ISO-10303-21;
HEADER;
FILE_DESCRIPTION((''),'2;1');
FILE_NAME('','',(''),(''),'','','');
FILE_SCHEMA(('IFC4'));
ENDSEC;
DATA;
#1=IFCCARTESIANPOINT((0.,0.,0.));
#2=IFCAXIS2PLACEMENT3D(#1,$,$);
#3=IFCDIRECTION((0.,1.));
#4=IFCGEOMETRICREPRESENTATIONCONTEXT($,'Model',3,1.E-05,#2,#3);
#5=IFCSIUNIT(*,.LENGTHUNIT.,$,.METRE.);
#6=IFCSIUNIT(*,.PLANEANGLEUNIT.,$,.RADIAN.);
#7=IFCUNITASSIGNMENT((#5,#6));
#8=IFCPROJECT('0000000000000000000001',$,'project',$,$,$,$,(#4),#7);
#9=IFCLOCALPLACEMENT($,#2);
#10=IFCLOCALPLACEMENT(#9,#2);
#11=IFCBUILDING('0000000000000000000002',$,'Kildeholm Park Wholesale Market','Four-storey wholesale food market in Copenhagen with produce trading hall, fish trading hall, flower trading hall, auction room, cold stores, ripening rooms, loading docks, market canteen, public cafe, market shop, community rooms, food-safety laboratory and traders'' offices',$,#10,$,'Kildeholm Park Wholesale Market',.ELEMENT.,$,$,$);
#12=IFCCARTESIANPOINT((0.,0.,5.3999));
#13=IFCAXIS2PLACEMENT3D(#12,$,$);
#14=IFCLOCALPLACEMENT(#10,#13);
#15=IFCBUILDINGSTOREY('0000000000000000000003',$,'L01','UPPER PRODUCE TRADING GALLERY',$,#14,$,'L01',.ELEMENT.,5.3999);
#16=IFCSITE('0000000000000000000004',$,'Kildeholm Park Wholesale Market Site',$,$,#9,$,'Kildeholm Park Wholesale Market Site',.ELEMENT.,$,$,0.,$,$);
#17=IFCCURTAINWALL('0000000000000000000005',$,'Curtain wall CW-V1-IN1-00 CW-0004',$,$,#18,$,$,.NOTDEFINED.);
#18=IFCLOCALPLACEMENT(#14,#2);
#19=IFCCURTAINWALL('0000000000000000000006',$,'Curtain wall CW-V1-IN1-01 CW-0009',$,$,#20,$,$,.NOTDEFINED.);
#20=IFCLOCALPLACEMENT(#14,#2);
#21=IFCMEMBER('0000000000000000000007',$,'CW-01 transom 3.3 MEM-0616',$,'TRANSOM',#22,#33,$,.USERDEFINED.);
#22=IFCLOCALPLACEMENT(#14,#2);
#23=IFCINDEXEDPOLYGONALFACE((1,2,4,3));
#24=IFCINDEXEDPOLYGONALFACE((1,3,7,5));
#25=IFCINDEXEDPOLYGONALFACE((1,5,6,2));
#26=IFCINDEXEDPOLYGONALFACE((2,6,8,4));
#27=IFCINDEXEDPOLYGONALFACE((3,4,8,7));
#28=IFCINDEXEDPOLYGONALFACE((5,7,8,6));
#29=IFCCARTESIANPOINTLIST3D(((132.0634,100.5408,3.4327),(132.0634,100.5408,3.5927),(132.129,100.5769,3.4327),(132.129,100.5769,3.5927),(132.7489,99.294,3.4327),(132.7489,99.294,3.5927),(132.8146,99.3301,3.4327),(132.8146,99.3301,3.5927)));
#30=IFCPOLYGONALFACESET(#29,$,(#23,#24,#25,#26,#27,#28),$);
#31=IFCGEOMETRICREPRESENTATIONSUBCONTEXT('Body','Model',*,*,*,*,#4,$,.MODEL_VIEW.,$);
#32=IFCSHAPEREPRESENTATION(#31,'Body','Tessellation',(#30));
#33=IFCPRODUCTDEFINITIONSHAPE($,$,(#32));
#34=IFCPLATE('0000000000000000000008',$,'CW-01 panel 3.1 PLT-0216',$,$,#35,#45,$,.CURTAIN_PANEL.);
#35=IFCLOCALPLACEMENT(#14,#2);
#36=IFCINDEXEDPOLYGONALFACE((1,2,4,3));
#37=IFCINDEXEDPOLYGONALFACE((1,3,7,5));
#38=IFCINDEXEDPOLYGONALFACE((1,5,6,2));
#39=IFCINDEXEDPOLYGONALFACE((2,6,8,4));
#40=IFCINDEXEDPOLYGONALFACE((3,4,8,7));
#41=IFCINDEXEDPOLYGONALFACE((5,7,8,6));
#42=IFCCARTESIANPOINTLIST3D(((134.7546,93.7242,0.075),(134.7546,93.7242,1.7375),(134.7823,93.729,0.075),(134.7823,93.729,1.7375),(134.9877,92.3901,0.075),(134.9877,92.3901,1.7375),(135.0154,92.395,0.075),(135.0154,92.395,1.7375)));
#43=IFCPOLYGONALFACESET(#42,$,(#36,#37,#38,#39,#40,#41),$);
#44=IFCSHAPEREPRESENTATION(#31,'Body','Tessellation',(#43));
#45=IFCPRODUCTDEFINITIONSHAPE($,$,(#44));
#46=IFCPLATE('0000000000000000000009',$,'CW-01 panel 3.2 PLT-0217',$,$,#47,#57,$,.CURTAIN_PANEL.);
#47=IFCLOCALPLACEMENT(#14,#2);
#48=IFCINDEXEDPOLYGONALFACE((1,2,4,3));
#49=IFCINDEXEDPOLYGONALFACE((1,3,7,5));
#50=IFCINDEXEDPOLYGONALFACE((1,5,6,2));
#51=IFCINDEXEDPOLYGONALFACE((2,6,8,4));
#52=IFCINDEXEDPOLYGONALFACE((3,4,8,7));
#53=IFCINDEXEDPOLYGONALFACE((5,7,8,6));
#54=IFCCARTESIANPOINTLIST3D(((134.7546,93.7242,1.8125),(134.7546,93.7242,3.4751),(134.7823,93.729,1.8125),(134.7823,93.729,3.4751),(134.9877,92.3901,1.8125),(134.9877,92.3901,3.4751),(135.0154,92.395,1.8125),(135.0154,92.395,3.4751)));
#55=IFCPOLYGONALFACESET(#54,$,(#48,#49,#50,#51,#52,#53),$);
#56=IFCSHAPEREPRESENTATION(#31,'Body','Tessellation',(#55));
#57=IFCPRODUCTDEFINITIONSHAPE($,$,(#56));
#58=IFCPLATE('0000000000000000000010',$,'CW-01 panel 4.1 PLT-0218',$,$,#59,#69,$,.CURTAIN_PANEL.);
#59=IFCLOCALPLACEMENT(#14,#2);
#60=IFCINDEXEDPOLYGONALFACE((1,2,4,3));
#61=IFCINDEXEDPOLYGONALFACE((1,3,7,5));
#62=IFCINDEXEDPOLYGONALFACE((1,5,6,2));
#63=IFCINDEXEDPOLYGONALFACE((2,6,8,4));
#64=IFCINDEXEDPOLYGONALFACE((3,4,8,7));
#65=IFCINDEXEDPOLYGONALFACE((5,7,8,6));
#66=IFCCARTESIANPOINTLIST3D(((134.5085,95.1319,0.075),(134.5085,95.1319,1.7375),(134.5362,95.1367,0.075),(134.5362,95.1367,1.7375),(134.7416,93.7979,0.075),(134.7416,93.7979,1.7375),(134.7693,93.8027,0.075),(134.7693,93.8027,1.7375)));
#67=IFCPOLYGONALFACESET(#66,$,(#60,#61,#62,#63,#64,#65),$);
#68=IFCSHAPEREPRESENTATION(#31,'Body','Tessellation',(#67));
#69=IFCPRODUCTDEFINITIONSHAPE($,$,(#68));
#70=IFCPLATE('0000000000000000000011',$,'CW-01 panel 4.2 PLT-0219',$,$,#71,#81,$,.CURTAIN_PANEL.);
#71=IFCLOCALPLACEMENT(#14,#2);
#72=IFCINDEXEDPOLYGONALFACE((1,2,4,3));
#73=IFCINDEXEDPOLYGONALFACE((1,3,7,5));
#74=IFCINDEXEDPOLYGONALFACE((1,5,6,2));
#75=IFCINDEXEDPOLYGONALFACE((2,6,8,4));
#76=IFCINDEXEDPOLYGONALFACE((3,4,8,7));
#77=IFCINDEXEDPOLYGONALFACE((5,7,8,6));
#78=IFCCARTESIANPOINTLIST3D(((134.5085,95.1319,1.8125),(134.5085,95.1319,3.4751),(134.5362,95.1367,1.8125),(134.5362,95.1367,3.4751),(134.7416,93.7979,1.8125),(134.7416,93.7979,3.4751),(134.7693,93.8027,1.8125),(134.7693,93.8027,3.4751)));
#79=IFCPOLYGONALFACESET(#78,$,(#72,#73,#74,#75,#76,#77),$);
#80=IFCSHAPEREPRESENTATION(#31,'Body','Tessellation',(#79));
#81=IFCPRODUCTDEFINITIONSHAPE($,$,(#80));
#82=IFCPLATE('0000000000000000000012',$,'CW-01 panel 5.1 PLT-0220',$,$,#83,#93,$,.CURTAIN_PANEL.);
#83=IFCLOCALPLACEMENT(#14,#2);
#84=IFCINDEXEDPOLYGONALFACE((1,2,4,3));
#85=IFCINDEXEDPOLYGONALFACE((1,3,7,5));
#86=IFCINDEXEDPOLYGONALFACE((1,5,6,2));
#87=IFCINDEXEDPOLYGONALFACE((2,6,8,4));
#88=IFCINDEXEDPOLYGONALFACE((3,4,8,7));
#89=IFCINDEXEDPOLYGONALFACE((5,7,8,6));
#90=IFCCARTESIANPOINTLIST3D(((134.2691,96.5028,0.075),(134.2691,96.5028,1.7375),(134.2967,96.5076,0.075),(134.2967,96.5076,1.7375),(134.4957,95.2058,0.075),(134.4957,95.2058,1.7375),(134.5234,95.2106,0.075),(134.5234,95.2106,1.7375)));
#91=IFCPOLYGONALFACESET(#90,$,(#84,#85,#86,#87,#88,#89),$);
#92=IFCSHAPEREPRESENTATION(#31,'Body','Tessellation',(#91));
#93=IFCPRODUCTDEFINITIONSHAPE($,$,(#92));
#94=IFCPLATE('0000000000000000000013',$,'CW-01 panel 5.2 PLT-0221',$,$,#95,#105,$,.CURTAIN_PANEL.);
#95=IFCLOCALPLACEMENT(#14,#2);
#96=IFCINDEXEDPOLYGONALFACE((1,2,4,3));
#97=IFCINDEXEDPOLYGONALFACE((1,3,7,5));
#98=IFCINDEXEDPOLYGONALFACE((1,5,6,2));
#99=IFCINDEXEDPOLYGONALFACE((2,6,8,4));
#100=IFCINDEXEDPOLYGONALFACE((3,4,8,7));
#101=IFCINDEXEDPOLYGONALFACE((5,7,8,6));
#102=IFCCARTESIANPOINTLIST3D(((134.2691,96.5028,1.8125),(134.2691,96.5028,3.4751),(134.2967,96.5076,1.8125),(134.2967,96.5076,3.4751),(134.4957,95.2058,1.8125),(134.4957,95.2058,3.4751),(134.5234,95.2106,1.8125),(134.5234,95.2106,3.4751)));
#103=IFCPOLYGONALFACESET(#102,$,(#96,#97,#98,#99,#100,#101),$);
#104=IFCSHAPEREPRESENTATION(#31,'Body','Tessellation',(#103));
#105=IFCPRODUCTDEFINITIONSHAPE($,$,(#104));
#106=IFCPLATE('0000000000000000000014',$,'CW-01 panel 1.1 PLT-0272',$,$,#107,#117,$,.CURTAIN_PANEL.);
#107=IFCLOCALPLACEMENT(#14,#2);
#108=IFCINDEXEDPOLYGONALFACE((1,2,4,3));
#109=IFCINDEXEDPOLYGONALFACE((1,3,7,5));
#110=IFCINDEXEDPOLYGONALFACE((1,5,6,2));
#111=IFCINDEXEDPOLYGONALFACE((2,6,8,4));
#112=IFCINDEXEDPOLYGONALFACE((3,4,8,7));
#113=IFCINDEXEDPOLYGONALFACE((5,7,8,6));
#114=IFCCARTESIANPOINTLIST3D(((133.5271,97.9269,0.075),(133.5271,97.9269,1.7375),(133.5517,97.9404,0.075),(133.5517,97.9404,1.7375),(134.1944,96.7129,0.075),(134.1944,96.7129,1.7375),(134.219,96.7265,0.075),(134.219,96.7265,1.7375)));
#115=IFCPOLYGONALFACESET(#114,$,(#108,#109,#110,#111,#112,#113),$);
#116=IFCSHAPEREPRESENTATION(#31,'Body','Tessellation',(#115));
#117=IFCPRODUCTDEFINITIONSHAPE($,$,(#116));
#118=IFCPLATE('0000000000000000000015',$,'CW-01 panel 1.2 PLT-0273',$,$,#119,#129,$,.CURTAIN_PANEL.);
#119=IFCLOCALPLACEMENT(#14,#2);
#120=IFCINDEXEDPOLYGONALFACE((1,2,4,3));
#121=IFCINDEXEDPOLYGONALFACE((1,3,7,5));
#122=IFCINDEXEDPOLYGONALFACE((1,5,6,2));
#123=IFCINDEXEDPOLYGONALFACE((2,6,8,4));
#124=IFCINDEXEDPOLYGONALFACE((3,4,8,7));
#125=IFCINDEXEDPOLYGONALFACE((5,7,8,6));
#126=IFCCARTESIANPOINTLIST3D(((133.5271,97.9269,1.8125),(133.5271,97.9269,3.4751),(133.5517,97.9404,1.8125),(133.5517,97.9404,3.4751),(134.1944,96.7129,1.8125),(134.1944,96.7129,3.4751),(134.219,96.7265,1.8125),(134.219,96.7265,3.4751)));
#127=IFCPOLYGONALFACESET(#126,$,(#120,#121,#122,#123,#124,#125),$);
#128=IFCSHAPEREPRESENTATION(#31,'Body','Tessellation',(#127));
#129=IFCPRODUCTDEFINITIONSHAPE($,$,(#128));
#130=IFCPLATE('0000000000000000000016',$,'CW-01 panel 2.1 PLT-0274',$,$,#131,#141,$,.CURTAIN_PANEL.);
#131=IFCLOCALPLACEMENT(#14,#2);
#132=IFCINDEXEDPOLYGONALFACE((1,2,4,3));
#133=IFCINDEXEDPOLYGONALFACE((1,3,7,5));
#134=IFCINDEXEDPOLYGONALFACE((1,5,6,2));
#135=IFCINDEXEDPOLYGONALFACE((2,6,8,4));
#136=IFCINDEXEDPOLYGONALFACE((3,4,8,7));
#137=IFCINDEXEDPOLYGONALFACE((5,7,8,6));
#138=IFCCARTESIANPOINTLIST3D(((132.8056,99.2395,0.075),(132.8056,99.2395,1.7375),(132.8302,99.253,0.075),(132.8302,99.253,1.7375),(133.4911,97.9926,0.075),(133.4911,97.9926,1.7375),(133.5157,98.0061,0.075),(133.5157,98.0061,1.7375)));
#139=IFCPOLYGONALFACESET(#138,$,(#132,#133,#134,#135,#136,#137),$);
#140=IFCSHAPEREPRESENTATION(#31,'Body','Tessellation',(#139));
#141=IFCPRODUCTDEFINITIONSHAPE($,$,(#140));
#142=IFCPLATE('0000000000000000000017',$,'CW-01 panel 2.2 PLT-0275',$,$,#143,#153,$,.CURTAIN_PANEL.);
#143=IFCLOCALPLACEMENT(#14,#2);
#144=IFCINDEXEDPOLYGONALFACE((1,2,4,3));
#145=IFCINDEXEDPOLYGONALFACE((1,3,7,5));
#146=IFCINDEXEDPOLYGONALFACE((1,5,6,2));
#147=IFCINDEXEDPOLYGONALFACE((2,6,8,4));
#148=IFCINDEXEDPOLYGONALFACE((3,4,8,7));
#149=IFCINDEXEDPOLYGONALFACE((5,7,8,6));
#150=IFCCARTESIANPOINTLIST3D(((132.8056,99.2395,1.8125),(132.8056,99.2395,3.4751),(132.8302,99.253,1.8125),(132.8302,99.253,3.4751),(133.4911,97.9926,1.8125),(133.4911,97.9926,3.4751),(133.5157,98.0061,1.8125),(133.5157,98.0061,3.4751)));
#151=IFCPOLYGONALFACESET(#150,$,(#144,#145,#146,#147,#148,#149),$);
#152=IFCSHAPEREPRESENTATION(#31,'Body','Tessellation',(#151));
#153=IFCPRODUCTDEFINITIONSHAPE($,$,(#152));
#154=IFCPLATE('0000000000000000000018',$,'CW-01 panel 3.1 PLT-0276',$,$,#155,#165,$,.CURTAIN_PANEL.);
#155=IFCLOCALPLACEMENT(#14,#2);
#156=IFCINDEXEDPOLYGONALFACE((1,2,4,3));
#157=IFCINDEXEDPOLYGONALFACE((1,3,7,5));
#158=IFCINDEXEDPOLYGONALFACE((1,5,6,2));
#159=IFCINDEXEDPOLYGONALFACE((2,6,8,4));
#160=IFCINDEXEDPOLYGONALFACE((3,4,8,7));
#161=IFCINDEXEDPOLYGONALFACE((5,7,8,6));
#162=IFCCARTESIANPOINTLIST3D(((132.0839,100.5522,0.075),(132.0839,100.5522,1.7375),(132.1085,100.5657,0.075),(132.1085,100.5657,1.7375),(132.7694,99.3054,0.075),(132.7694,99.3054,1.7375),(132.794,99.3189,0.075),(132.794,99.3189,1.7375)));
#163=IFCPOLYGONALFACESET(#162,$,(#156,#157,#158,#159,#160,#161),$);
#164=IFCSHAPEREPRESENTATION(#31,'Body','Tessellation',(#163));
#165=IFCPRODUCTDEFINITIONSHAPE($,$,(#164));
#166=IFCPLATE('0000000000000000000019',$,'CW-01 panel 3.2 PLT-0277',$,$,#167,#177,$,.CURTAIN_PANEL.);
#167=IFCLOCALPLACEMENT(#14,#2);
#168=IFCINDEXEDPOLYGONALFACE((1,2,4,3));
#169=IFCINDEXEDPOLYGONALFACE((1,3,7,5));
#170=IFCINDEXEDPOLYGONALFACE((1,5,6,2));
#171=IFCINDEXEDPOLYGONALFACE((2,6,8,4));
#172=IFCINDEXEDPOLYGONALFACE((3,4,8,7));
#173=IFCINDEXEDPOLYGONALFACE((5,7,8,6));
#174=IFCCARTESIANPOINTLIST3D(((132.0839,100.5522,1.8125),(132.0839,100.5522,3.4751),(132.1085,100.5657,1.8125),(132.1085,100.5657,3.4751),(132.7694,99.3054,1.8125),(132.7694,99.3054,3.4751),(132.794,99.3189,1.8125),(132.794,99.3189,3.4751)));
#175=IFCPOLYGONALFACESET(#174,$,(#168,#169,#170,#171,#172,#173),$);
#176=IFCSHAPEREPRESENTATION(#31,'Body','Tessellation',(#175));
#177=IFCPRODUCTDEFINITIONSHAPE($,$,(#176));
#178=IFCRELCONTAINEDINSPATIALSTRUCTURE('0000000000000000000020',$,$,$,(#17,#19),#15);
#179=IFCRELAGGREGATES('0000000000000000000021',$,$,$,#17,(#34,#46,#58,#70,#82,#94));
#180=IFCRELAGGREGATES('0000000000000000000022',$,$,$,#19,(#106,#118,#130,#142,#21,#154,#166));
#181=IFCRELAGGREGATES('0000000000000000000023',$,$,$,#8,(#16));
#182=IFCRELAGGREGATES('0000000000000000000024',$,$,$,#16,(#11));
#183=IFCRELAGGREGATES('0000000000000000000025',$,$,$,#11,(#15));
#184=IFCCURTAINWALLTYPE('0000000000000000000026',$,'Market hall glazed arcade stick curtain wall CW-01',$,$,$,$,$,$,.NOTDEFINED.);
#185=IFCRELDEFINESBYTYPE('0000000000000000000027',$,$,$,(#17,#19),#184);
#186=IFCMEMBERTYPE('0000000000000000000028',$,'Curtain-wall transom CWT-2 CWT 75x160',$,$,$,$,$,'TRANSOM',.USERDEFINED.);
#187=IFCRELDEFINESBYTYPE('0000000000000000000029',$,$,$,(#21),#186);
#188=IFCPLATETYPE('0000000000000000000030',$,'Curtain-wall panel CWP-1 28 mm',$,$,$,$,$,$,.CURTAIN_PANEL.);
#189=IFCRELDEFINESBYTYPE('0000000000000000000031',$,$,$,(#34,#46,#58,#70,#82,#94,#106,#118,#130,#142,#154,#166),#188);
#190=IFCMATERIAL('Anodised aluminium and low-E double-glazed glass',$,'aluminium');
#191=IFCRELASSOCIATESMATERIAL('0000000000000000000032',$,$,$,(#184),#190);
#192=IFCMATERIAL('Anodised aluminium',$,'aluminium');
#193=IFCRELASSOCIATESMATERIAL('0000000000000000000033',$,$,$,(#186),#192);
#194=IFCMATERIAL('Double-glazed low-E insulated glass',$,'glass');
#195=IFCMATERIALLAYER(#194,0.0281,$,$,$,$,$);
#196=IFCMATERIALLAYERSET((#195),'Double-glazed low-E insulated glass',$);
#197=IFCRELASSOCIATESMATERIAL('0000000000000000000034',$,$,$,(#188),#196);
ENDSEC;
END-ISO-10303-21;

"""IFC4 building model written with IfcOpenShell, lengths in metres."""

from ifc_helpers import new_model, si_unit, direction, frame, origin, origin_2d, place, context, subcontext, project, spatial, rectangle, extrude, material, layer, layer_set, material_profile, profile_set, type_object, element, aggregate, save


model = new_model("IFC4")

# Units and contexts
model_context = context("Model", 3, precision=1e-05, world=origin(), true_north=direction((0.0, 1.0)))
body_context = subcontext(model_context, "Body", "Model", "MODEL_VIEW")
ifc_project = project(units=[si_unit("LENGTHUNIT", "METRE"), si_unit("PLANEANGLEUNIT", "RADIAN")], contexts=[model_context])

# Site, building, storey
site_placement = place(None, origin())
site = spatial("IfcSite", under=ifc_project, at=site_placement, Name="Kildeholm Park Wholesale Market Site", LongName="Kildeholm Park Wholesale Market Site", CompositionType="ELEMENT", RefElevation=0.0)
building_placement = place(site_placement, origin())
building = spatial("IfcBuilding", under=site, at=building_placement, Name="Kildeholm Park Wholesale Market", Description="Four-storey wholesale food market in Copenhagen with produce trading hall, fish trading hall, flower trading hall, auction room, cold stores, ripening rooms, loading docks, market canteen, public cafe, market shop, community rooms, food-safety laboratory and traders' offices", LongName="Kildeholm Park Wholesale Market", CompositionType="ELEMENT")
storey_placement = place(building_placement, frame((0.0, 0.0, 5.3999)))
storey = spatial("IfcBuildingStorey", under=building, at=storey_placement, Name="L01", Description="UPPER PRODUCE TRADING GALLERY", LongName="L01", CompositionType="ELEMENT", Elevation=5.3999)

# Curtain walls
ifc_material_1 = material(Name="Anodised aluminium and low-E double-glazed glass", Category="aluminium")
curtain_wall_type = type_object("IfcCurtainWallType", Name="Market hall glazed arcade stick curtain wall CW-01", PredefinedType="NOTDEFINED", material=ifc_material_1)
curtain_wall_1_placement = place(storey_placement, origin())
curtain_wall_1 = element("IfcCurtainWall", 1, at=curtain_wall_1_placement, inside=storey, type_object=curtain_wall_type, Name="Curtain wall CW-V1-IN1-00 CW-0004", PredefinedType="NOTDEFINED")
ifc_material_2 = material(Name="Anodised aluminium", Category="aluminium")
curtain_wall_2_placement = place(storey_placement, origin())
curtain_wall_2 = element("IfcCurtainWall", 2, at=curtain_wall_2_placement, inside=storey, type_object=curtain_wall_type, Name="Curtain wall CW-V1-IN1-01 CW-0009", PredefinedType="NOTDEFINED")

# Member
ifc_material_profile_1 = material_profile(ifc_material_2, rectangle(XDim=0.075, YDim=0.1599, at=origin_2d()), Name="CWT 75x160")
ifc_profile_set_1 = profile_set([ifc_material_profile_1], Name="Anodised aluminium")
member_type_1 = type_object("IfcMemberType", Name="Curtain-wall transom CWT-2 CWT 75x160", ElementType="TRANSOM", PredefinedType="USERDEFINED", material=ifc_profile_set_1)
member_1_placement = place(storey_placement, frame((132.7817, 99.312, 3.5127), z_axis=(-0.481807, 0.876277, 0.0), x_axis=(-0.876277, -0.481807, 0.0)))
member_1 = element("IfcMember", 3, at=member_1_placement, type_object=member_type_1, Name="CW-01 transom 3.3 MEM-0616", ObjectType="TRANSOM", PredefinedType="USERDEFINED", context=body_context, shape_type="SweptSolid", body=[
    extrude(rectangle(XDim=0.075, YDim=0.1599, at=origin_2d()), origin(), (0.0, 0.0, 1.0), 1.4229),
])

# Plates
ifc_material_3 = material(Name="Double-glazed low-E insulated glass", Category="glass")
ifc_layer = layer(ifc_material_3, 0.0281)
ifc_layer_set = layer_set([ifc_layer], Name="Double-glazed low-E insulated glass")
plate_type = type_object("IfcPlateType", Name="Curtain-wall panel CWP-1 28 mm", PredefinedType="CURTAIN_PANEL", material=ifc_layer_set)
plate_1_placement = place(storey_placement, frame((134.885, 93.0596, 0.075), z_axis=(0.0, 0.0, 1.0), x_axis=(-0.172133, 0.985074, 0.0)))
plate_1 = element("IfcPlate", 4, at=plate_1_placement, type_object=plate_type, Name="CW-01 panel 3.1 PLT-0216", PredefinedType="CURTAIN_PANEL", context=body_context, shape_type="SweptSolid", body=[
    extrude(rectangle(XDim=1.3542, YDim=0.0281, at=origin_2d()), origin(), (0.0, 0.0, 1.0), 1.6626),
])
plate_2_placement = place(storey_placement, frame((134.885, 93.0596, 1.8125), z_axis=(0.0, 0.0, 1.0), x_axis=(-0.172133, 0.985074, 0.0)))
plate_2 = element("IfcPlate", 5, at=plate_2_placement, type_object=plate_type, Name="CW-01 panel 3.2 PLT-0217", PredefinedType="CURTAIN_PANEL", context=body_context, shape_type="SweptSolid", body=[
    extrude(rectangle(XDim=1.3542, YDim=0.0281, at=origin_2d()), origin(), (0.0, 0.0, 1.0), 1.6626),
])
plate_3_placement = place(storey_placement, frame((134.6389, 94.4673, 0.075), z_axis=(0.0, 0.0, 1.0), x_axis=(-0.172133, 0.985074, 0.0)))
plate_3 = element("IfcPlate", 6, at=plate_3_placement, type_object=plate_type, Name="CW-01 panel 4.1 PLT-0218", PredefinedType="CURTAIN_PANEL", context=body_context, shape_type="SweptSolid", body=[
    extrude(rectangle(XDim=1.3542, YDim=0.0281, at=origin_2d()), origin(), (0.0, 0.0, 1.0), 1.6626),
])
plate_4_placement = place(storey_placement, frame((134.6389, 94.4673, 1.8125), z_axis=(0.0, 0.0, 1.0), x_axis=(-0.172133, 0.985074, 0.0)))
plate_4 = element("IfcPlate", 7, at=plate_4_placement, type_object=plate_type, Name="CW-01 panel 4.2 PLT-0219", PredefinedType="CURTAIN_PANEL", context=body_context, shape_type="SweptSolid", body=[
    extrude(rectangle(XDim=1.3542, YDim=0.0281, at=origin_2d()), origin(), (0.0, 0.0, 1.0), 1.6626),
])
plate_5_placement = place(storey_placement, frame((134.3962, 95.8567, 0.075), z_axis=(0.0, 0.0, 1.0), x_axis=(-0.172133, 0.985074, 0.0)))
plate_5 = element("IfcPlate", 8, at=plate_5_placement, type_object=plate_type, Name="CW-01 panel 5.1 PLT-0220", PredefinedType="CURTAIN_PANEL", context=body_context, shape_type="SweptSolid", body=[
    extrude(rectangle(XDim=1.3167, YDim=0.0281, at=origin_2d()), origin(), (0.0, 0.0, 1.0), 1.6626),
])
plate_6_placement = place(storey_placement, frame((134.3962, 95.8567, 1.8125), z_axis=(0.0, 0.0, 1.0), x_axis=(-0.172133, 0.985074, 0.0)))
plate_6 = element("IfcPlate", 9, at=plate_6_placement, type_object=plate_type, Name="CW-01 panel 5.2 PLT-0221", PredefinedType="CURTAIN_PANEL", context=body_context, shape_type="SweptSolid", body=[
    extrude(rectangle(XDim=1.3167, YDim=0.0281, at=origin_2d()), origin(), (0.0, 0.0, 1.0), 1.6626),
])
aggregate(curtain_wall_1, [plate_1, plate_2, plate_3, plate_4, plate_5, plate_6])
plate_7_placement = place(storey_placement, frame((133.873, 97.3267, 0.075), z_axis=(0.0, 0.0, 1.0), x_axis=(-0.48175, 0.876309, 0.0)))
plate_7 = element("IfcPlate", 10, at=plate_7_placement, type_object=plate_type, Name="CW-01 panel 1.1 PLT-0272", PredefinedType="CURTAIN_PANEL", context=body_context, shape_type="SweptSolid", body=[
    extrude(rectangle(XDim=1.3853, YDim=0.0281, at=origin_2d()), origin(), (0.0, 0.0, 1.0), 1.6626),
])
plate_8_placement = place(storey_placement, frame((133.873, 97.3267, 1.8125), z_axis=(0.0, 0.0, 1.0), x_axis=(-0.48175, 0.876309, 0.0)))
plate_8 = element("IfcPlate", 11, at=plate_8_placement, type_object=plate_type, Name="CW-01 panel 1.2 PLT-0273", PredefinedType="CURTAIN_PANEL", context=body_context, shape_type="SweptSolid", body=[
    extrude(rectangle(XDim=1.3853, YDim=0.0281, at=origin_2d()), origin(), (0.0, 0.0, 1.0), 1.6626),
])
plate_9_placement = place(storey_placement, frame((133.1606, 98.6228, 0.075), z_axis=(0.0, 0.0, 1.0), x_axis=(-0.48175, 0.876309, 0.0)))
plate_9 = element("IfcPlate", 12, at=plate_9_placement, type_object=plate_type, Name="CW-01 panel 2.1 PLT-0274", PredefinedType="CURTAIN_PANEL", context=body_context, shape_type="SweptSolid", body=[
    extrude(rectangle(XDim=1.4229, YDim=0.0281, at=origin_2d()), origin(), (0.0, 0.0, 1.0), 1.6626),
])
plate_10_placement = place(storey_placement, frame((133.1606, 98.6228, 1.8125), z_axis=(0.0, 0.0, 1.0), x_axis=(-0.48175, 0.876309, 0.0)))
plate_10 = element("IfcPlate", 13, at=plate_10_placement, type_object=plate_type, Name="CW-01 panel 2.2 PLT-0275", PredefinedType="CURTAIN_PANEL", context=body_context, shape_type="SweptSolid", body=[
    extrude(rectangle(XDim=1.4229, YDim=0.0281, at=origin_2d()), origin(), (0.0, 0.0, 1.0), 1.6626),
])
plate_11_placement = place(storey_placement, frame((132.439, 99.9355, 0.075), z_axis=(0.0, 0.0, 1.0), x_axis=(-0.48175, 0.876309, 0.0)))
plate_11 = element("IfcPlate", 14, at=plate_11_placement, type_object=plate_type, Name="CW-01 panel 3.1 PLT-0276", PredefinedType="CURTAIN_PANEL", context=body_context, shape_type="SweptSolid", body=[
    extrude(rectangle(XDim=1.4229, YDim=0.0281, at=origin_2d()), origin(), (0.0, 0.0, 1.0), 1.6626),
])
plate_12_placement = place(storey_placement, frame((132.439, 99.9355, 1.8125), z_axis=(0.0, 0.0, 1.0), x_axis=(-0.48175, 0.876309, 0.0)))
plate_12 = element("IfcPlate", 15, at=plate_12_placement, type_object=plate_type, Name="CW-01 panel 3.2 PLT-0277", PredefinedType="CURTAIN_PANEL", context=body_context, shape_type="SweptSolid", body=[
    extrude(rectangle(XDim=1.4229, YDim=0.0281, at=origin_2d()), origin(), (0.0, 0.0, 1.0), 1.6626),
])
aggregate(curtain_wall_2, [plate_7, plate_8, plate_9, plate_10, member_1, plate_11, plate_12])

save(model, "model.ifc")
